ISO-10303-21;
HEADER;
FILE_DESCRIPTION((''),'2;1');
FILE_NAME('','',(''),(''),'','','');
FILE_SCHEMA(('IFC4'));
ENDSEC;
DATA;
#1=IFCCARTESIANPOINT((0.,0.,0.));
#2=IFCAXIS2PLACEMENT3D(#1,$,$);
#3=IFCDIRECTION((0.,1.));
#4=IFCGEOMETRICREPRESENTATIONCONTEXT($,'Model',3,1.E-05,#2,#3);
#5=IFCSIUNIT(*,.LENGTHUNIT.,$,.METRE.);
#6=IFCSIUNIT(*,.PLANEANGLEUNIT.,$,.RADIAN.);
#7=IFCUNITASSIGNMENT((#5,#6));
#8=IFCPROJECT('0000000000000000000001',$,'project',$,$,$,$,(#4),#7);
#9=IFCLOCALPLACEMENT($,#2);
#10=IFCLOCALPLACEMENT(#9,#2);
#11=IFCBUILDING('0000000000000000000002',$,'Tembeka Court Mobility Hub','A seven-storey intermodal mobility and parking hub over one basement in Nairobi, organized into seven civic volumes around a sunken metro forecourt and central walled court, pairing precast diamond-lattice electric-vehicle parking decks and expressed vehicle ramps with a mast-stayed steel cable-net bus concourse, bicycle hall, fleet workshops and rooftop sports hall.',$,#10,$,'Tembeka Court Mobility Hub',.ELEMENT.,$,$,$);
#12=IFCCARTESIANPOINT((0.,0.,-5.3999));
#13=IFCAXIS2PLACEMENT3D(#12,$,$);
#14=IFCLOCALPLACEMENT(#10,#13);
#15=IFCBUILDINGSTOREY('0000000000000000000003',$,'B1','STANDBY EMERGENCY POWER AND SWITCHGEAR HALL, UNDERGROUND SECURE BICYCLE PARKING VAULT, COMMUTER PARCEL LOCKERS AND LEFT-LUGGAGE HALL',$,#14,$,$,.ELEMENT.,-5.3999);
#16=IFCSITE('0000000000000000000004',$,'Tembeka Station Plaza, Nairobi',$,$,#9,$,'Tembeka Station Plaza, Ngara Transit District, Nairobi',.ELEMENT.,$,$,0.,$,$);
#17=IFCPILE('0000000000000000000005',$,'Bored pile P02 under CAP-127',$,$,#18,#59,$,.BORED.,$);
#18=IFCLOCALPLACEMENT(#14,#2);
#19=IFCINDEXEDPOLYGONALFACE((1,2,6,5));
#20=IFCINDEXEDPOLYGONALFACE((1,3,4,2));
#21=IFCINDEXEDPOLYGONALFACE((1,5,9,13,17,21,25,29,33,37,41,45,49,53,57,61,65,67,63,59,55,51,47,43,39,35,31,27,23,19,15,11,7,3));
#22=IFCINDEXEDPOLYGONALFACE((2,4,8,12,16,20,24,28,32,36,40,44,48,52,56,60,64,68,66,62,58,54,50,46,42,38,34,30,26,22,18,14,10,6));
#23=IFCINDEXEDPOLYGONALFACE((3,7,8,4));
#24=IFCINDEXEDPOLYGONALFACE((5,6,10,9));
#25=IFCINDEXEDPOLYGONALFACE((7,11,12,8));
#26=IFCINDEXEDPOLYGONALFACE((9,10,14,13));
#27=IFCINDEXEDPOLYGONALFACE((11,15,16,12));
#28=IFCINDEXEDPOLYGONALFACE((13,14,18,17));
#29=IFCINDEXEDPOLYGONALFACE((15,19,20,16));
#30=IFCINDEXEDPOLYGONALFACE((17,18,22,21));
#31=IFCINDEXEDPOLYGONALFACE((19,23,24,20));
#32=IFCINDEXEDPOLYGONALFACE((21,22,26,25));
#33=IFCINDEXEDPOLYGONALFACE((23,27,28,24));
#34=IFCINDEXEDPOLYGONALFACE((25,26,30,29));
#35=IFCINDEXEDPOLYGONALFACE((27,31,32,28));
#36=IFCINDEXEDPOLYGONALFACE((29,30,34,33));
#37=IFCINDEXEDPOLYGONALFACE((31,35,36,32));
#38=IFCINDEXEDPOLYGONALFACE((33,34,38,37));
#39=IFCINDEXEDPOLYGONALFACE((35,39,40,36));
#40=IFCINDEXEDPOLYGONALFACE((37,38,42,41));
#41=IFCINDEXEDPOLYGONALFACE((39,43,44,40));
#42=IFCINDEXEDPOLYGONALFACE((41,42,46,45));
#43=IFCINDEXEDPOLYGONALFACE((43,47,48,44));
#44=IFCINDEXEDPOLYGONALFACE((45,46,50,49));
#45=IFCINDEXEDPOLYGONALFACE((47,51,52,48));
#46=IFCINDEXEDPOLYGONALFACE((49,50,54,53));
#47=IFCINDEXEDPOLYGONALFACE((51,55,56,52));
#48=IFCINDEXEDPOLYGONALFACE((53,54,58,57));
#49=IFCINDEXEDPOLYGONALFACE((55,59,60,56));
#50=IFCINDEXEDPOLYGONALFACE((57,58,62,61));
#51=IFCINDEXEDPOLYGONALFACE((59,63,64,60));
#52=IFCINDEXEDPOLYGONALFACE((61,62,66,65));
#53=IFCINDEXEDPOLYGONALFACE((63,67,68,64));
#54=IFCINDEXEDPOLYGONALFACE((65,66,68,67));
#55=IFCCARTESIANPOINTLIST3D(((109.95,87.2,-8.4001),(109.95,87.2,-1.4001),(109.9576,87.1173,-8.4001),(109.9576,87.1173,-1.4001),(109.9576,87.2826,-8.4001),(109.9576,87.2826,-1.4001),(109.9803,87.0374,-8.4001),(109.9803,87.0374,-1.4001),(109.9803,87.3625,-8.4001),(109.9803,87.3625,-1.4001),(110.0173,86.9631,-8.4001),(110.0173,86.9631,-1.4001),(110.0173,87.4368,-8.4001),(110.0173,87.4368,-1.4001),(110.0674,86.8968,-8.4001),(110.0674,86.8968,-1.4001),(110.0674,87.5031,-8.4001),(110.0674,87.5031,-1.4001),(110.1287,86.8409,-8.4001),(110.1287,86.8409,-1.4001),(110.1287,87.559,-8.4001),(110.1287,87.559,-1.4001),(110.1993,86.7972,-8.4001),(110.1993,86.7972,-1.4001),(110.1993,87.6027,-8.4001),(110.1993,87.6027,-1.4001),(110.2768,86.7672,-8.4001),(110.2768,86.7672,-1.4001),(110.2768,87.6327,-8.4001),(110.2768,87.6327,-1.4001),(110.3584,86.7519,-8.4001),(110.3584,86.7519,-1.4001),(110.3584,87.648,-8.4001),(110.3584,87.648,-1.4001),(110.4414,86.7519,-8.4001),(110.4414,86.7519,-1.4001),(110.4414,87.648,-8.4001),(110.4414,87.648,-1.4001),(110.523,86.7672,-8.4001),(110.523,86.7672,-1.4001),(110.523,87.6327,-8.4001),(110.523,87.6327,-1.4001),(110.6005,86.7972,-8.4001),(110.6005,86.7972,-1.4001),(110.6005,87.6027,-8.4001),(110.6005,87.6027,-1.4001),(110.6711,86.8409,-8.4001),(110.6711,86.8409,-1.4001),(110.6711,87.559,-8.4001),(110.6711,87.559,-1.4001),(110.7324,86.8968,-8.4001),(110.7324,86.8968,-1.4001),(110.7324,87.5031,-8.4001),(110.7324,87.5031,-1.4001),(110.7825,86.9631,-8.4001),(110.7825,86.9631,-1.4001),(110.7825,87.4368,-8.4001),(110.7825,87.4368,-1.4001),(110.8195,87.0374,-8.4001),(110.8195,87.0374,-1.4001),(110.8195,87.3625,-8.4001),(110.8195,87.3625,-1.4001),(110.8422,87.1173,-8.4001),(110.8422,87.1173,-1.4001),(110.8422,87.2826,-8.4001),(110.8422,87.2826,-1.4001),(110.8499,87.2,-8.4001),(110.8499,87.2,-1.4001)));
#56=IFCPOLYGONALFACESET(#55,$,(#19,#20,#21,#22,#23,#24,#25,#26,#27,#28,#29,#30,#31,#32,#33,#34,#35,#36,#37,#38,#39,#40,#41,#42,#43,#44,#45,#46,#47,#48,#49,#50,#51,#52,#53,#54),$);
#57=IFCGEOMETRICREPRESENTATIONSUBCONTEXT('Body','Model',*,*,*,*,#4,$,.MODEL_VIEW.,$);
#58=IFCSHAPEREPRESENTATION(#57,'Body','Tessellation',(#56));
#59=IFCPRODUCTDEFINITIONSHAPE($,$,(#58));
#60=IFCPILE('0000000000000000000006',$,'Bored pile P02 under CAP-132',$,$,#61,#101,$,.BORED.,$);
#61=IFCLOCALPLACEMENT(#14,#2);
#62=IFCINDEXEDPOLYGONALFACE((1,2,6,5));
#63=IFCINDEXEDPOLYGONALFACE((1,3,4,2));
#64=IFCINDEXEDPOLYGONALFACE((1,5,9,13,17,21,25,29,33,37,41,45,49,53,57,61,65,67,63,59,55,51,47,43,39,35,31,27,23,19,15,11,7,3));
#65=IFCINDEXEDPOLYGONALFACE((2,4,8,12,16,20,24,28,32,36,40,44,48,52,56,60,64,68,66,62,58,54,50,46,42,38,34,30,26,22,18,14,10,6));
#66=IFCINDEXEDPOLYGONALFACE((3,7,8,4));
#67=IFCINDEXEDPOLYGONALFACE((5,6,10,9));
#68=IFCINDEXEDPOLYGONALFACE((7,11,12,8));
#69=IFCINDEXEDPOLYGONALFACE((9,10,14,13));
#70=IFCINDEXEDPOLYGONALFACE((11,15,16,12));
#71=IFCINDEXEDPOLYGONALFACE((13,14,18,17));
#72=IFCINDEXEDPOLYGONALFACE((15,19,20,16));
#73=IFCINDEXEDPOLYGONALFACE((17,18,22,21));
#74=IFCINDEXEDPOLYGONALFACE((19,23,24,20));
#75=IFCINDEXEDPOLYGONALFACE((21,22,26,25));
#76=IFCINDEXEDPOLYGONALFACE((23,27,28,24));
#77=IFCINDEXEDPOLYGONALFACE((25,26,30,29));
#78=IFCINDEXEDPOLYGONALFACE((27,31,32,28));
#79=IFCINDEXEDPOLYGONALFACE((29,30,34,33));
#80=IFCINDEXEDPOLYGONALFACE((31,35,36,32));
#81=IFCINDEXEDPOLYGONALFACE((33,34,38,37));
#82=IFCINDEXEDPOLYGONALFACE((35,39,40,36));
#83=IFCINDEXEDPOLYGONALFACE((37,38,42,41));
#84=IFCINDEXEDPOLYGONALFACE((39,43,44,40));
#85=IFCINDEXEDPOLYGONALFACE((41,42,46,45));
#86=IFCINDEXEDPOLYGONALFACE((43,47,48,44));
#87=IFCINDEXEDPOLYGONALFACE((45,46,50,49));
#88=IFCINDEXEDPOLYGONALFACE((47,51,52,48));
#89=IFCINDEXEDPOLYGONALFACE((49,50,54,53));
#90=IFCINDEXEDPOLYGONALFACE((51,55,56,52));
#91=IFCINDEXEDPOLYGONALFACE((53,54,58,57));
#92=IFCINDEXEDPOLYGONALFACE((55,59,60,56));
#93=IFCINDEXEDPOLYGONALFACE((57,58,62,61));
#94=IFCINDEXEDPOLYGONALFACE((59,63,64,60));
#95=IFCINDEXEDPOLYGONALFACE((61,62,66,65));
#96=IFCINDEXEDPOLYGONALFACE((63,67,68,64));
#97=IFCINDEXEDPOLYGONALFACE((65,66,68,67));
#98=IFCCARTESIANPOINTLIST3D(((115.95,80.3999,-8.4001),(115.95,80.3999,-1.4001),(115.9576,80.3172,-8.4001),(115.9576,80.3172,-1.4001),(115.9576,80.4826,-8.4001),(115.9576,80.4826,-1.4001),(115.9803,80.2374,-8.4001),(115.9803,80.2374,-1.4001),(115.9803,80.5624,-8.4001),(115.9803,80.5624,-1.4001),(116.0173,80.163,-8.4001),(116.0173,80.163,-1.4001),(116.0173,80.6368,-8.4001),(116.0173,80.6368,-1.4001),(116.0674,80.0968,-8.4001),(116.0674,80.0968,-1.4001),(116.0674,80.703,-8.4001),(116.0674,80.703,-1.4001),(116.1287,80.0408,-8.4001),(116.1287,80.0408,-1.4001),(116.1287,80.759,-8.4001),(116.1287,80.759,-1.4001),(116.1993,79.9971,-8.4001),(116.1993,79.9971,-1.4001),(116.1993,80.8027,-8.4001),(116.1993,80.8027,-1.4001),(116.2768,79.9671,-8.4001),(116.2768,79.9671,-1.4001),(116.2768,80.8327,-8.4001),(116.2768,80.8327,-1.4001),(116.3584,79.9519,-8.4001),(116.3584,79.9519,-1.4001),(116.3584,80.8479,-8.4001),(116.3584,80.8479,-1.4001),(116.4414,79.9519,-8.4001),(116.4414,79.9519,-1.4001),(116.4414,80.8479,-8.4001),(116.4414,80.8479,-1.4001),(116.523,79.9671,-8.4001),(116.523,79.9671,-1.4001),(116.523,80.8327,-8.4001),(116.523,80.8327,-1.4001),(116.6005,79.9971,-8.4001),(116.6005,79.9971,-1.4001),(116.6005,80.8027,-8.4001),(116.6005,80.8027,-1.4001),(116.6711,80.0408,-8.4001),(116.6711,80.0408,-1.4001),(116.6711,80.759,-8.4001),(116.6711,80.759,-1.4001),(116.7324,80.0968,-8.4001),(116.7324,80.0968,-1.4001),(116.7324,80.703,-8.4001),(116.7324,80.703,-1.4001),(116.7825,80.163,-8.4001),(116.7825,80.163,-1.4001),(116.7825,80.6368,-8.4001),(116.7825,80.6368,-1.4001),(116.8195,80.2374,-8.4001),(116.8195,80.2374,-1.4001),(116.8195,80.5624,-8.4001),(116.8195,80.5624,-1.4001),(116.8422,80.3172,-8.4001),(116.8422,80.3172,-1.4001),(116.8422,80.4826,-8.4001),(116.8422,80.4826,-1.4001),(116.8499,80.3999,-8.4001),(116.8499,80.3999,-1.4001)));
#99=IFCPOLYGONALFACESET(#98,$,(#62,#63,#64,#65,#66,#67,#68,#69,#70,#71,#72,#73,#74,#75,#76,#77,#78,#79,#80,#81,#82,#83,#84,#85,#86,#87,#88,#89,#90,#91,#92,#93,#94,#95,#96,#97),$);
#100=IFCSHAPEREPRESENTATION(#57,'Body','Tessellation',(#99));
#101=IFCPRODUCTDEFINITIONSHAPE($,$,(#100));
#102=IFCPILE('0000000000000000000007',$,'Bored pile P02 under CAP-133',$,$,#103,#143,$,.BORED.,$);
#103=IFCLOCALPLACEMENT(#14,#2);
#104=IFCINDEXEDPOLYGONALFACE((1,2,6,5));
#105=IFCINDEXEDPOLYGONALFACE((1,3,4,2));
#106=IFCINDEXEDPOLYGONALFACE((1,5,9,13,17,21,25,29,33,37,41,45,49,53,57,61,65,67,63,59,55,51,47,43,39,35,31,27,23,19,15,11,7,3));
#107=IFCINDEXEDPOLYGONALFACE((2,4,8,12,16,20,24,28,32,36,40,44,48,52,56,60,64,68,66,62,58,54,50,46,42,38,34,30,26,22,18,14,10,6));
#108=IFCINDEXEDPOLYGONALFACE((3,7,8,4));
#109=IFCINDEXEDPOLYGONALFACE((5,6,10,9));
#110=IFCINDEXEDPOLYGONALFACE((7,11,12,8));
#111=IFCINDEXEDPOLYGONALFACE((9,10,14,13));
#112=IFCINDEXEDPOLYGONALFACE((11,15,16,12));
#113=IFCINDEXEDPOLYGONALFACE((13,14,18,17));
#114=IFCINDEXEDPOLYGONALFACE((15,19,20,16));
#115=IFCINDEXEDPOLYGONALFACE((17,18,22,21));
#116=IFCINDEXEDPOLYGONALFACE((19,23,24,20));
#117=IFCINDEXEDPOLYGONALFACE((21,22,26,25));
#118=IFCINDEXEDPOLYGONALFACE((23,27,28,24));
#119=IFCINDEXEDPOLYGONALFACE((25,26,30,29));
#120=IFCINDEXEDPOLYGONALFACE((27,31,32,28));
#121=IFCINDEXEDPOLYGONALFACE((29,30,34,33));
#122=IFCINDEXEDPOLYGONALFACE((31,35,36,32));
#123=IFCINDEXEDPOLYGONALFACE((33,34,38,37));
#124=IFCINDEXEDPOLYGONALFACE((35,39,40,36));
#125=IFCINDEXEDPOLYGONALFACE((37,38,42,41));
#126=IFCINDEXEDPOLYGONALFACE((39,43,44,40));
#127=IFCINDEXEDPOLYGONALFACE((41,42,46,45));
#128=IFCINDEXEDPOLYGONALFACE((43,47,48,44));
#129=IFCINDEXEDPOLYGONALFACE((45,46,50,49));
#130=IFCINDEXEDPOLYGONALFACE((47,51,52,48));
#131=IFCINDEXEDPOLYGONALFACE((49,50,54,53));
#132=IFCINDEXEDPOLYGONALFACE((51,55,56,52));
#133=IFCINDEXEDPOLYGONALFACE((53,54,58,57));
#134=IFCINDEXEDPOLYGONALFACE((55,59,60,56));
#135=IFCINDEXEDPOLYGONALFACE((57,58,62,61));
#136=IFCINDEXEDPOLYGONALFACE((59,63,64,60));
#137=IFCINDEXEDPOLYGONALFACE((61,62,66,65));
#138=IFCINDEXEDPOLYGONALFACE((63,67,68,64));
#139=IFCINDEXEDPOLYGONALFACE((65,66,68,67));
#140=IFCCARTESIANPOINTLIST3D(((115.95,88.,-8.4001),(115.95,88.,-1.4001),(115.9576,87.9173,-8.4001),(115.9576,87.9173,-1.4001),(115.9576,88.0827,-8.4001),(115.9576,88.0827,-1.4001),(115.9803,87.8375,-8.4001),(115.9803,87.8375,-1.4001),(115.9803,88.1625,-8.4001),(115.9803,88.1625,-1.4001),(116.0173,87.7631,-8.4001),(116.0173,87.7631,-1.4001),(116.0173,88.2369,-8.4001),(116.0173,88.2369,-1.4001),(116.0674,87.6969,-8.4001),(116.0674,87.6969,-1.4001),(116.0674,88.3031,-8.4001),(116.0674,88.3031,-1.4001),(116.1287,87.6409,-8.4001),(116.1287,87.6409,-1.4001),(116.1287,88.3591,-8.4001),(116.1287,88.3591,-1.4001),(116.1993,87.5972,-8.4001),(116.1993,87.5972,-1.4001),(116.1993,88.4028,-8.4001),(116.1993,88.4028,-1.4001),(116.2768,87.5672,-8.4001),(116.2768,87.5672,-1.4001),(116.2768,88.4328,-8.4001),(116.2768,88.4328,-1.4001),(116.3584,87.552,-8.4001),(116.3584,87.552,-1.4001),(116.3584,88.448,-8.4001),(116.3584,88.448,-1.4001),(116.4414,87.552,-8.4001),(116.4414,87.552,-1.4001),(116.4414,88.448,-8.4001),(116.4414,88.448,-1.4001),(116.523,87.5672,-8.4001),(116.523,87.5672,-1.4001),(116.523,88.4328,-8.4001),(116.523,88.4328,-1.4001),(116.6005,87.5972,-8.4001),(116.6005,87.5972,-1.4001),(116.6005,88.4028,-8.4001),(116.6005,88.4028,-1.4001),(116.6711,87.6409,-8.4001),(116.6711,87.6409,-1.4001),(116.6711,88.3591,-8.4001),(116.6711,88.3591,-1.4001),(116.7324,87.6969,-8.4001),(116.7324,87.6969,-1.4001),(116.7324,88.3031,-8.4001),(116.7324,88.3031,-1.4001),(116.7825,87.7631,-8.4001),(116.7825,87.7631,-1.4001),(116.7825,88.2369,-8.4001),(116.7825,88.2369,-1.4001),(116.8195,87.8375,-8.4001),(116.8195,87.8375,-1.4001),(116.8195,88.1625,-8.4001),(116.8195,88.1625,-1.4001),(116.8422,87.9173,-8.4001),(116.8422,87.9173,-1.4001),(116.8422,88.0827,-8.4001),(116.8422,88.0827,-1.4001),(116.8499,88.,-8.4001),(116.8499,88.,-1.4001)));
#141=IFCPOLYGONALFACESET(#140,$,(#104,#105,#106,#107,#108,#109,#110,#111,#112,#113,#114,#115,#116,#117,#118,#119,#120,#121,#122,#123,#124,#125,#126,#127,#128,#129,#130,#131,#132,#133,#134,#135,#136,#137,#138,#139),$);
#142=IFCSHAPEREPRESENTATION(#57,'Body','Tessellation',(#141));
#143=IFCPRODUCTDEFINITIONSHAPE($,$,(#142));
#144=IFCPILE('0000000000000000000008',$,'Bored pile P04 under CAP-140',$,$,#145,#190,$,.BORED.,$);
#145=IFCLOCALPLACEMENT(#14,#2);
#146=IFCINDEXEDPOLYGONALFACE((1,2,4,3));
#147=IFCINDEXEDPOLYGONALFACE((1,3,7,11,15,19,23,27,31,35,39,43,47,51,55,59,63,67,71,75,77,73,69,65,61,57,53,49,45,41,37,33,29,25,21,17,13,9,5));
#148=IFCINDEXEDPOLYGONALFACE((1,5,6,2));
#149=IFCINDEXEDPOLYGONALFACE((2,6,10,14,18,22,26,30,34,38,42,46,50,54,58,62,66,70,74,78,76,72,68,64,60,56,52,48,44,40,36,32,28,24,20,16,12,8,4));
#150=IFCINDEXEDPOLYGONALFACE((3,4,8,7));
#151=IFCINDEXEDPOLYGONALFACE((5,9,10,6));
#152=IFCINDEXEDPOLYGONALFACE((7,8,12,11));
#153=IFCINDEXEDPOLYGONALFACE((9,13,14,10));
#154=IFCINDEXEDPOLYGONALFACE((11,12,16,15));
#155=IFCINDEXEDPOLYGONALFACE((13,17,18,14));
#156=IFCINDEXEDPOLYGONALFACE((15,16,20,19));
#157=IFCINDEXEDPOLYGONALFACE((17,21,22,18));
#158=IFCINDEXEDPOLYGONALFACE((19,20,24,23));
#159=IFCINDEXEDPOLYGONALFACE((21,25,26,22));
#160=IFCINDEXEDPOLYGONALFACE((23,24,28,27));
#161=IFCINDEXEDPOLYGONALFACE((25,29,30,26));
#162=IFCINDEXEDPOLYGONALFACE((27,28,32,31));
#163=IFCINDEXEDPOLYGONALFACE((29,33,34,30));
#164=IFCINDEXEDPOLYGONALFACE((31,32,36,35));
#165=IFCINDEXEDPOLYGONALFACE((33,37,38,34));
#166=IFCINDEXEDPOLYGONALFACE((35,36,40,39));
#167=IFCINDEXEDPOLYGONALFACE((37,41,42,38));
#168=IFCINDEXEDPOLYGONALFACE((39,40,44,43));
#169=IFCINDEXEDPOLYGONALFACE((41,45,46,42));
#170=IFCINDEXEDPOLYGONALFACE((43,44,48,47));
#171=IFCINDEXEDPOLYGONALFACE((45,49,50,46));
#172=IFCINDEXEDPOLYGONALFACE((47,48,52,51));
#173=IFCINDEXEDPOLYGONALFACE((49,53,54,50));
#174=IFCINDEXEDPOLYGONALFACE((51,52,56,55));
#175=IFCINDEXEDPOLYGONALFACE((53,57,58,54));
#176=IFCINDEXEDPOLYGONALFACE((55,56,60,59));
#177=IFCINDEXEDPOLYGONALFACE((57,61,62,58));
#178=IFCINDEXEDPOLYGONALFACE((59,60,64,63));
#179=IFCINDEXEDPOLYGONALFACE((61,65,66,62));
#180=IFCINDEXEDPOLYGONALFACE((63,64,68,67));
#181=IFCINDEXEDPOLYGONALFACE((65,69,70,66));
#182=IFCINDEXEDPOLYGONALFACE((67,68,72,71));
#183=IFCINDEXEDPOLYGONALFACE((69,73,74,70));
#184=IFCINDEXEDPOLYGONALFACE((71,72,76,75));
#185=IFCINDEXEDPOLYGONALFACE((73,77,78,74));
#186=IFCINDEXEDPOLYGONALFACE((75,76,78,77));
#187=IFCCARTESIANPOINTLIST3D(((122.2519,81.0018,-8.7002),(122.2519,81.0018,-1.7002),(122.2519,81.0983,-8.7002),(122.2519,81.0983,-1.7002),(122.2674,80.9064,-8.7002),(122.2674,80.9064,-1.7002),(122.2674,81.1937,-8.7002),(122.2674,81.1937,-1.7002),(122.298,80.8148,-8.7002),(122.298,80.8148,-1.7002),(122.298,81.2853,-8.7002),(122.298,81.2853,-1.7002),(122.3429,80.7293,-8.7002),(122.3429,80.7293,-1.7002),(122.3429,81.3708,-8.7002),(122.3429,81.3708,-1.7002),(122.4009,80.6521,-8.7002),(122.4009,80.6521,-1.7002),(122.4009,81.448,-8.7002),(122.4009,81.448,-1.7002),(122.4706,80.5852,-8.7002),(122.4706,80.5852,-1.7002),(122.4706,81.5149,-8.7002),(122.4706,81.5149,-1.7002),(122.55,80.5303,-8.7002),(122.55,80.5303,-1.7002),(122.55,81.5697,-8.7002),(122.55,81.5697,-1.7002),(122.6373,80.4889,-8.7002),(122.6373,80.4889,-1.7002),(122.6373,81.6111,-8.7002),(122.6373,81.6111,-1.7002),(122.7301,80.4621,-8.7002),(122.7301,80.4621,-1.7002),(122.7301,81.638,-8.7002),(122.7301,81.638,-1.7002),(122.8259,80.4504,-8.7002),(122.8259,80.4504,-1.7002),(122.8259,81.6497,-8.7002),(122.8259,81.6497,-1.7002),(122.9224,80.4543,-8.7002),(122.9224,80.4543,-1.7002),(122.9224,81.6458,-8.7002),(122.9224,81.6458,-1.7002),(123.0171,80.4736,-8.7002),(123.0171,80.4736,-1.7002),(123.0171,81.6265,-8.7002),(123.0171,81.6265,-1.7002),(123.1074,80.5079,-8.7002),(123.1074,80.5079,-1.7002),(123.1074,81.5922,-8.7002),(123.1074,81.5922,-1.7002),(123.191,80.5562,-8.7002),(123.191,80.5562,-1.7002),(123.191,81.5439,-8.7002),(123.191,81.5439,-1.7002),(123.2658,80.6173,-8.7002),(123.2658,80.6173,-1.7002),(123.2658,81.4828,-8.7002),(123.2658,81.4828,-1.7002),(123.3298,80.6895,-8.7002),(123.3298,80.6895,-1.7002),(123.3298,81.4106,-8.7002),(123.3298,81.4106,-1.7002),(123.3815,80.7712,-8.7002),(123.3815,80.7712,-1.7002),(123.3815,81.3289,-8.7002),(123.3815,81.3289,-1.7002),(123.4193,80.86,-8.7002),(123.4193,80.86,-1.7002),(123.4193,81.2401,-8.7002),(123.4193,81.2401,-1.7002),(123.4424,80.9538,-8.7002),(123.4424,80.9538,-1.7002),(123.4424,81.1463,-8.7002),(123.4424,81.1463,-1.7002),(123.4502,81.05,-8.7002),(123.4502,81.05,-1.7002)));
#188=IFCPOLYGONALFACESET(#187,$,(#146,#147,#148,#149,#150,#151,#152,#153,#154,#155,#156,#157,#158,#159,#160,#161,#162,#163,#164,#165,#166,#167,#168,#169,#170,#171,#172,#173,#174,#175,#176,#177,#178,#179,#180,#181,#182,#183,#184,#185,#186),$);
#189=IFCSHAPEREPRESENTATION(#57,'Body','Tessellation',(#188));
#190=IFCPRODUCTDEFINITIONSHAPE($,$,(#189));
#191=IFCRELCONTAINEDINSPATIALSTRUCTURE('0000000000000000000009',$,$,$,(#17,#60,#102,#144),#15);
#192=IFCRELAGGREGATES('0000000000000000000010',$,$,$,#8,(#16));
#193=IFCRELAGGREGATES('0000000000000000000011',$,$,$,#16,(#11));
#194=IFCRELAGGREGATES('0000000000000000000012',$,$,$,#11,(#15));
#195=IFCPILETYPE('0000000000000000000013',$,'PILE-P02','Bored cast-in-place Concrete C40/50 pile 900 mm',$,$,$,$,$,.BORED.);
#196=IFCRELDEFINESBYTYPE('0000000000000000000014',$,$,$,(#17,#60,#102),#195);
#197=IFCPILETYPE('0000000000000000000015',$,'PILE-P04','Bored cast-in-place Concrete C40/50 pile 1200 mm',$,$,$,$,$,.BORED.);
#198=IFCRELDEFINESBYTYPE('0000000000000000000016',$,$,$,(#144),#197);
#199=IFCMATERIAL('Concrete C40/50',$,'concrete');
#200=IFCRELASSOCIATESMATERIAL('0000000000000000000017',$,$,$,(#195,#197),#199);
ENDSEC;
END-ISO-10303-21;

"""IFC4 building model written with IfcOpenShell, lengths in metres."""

from ifc_helpers import new_model, si_unit, direction, frame, origin, origin_2d, place, context, subcontext, project, spatial, circle, extrude, material, material_profile, profile_set, type_object, element, save


model = new_model("IFC4")

# Units and contexts
model_context = context("Model", 3, precision=1e-05, world=origin(), true_north=direction((0.0, 1.0)))
body_context = subcontext(model_context, "Body", "Model", "MODEL_VIEW")
ifc_project = project(units=[si_unit("LENGTHUNIT", "METRE"), si_unit("PLANEANGLEUNIT", "RADIAN")], contexts=[model_context])

# Site, building, storey
site_placement = place(None, origin())
site = spatial("IfcSite", under=ifc_project, at=site_placement, Name="Tembeka Station Plaza, Nairobi", LongName="Tembeka Station Plaza, Ngara Transit District, Nairobi", CompositionType="ELEMENT", RefElevation=0.0)
building_placement = place(site_placement, origin())
building = spatial("IfcBuilding", under=site, at=building_placement, Name="Tembeka Court Mobility Hub", Description="A seven-storey intermodal mobility and parking hub over one basement in Nairobi, organized into seven civic volumes around a sunken metro forecourt and central walled court, pairing precast diamond-lattice electric-vehicle parking decks and expressed vehicle ramps with a mast-stayed steel cable-net bus concourse, bicycle hall, fleet workshops and rooftop sports hall.", LongName="Tembeka Court Mobility Hub", CompositionType="ELEMENT")
storey_placement = place(building_placement, frame((0.0, 0.0, -5.3999)))
storey = spatial("IfcBuildingStorey", under=building, at=storey_placement, Name="B1", Description="STANDBY EMERGENCY POWER AND SWITCHGEAR HALL, UNDERGROUND SECURE BICYCLE PARKING VAULT, COMMUTER PARCEL LOCKERS AND LEFT-LUGGAGE HALL", CompositionType="ELEMENT", Elevation=-5.3999)

# Shared definitions
ifc_material_1 = material(Name="Concrete C40/50", Category="concrete")

# Piles
ifc_material_profile_1 = material_profile(ifc_material_1, circle(Radius=0.45, at=origin_2d()), Name="PILE D900")
ifc_profile_set_1 = profile_set([ifc_material_profile_1], Name="Concrete C40/50")
pile_type_1 = type_object("IfcPileType", Name="PILE-P02", Description="Bored cast-in-place Concrete C40/50 pile 900 mm", PredefinedType="BORED", material=ifc_profile_set_1)
for number, where, z_axis, x_axis, name in (
    (1, (110.3999, 87.2, -1.4001), (0.0, 0.0, -1.0), (1.0, 0.0, 0.0), "Bored pile P02 under CAP-127"),
    (2, (116.3999, 80.3999, -1.4001), (0.0, 0.0, -1.0), (1.0, 0.0, 0.0), "Bored pile P02 under CAP-132"),
    (3, (116.3999, 88.0, -1.4001), (0.0, 0.0, -1.0), (1.0, 0.0, 0.0), "Bored pile P02 under CAP-133"),
):
    element("IfcPile", number, at=place(storey_placement, frame(where, z_axis=z_axis, x_axis=x_axis)), inside=storey, type_object=pile_type_1, Name=name, PredefinedType="BORED", context=body_context, shape_type="SweptSolid", body=[
        extrude(circle(Radius=0.45, at=origin_2d()), origin(), (0.0, 0.0, 1.0), 7.0),
    ])
ifc_material_profile_2 = material_profile(ifc_material_1, circle(Radius=0.6001, at=origin_2d()), Name="PILE D1200")
ifc_profile_set_2 = profile_set([ifc_material_profile_2], Name="Concrete C40/50")
pile_type_2 = type_object("IfcPileType", Name="PILE-P04", Description="Bored cast-in-place Concrete C40/50 pile 1200 mm", PredefinedType="BORED", material=ifc_profile_set_2)
for number, where, z_axis, x_axis, name in (
    (4, (122.8501, 81.05, -1.7002), (0.0, 0.0, -1.0), (1.0, 0.0, 0.0), "Bored pile P04 under CAP-140"),
):
    element("IfcPile", number, at=place(storey_placement, frame(where, z_axis=z_axis, x_axis=x_axis)), inside=storey, type_object=pile_type_2, Name=name, PredefinedType="BORED", context=body_context, shape_type="SweptSolid", body=[
        extrude(circle(Radius=0.6001, at=origin_2d()), origin(), (0.0, 0.0, 1.0), 7.0),
    ])

save(model, "model.ifc")
